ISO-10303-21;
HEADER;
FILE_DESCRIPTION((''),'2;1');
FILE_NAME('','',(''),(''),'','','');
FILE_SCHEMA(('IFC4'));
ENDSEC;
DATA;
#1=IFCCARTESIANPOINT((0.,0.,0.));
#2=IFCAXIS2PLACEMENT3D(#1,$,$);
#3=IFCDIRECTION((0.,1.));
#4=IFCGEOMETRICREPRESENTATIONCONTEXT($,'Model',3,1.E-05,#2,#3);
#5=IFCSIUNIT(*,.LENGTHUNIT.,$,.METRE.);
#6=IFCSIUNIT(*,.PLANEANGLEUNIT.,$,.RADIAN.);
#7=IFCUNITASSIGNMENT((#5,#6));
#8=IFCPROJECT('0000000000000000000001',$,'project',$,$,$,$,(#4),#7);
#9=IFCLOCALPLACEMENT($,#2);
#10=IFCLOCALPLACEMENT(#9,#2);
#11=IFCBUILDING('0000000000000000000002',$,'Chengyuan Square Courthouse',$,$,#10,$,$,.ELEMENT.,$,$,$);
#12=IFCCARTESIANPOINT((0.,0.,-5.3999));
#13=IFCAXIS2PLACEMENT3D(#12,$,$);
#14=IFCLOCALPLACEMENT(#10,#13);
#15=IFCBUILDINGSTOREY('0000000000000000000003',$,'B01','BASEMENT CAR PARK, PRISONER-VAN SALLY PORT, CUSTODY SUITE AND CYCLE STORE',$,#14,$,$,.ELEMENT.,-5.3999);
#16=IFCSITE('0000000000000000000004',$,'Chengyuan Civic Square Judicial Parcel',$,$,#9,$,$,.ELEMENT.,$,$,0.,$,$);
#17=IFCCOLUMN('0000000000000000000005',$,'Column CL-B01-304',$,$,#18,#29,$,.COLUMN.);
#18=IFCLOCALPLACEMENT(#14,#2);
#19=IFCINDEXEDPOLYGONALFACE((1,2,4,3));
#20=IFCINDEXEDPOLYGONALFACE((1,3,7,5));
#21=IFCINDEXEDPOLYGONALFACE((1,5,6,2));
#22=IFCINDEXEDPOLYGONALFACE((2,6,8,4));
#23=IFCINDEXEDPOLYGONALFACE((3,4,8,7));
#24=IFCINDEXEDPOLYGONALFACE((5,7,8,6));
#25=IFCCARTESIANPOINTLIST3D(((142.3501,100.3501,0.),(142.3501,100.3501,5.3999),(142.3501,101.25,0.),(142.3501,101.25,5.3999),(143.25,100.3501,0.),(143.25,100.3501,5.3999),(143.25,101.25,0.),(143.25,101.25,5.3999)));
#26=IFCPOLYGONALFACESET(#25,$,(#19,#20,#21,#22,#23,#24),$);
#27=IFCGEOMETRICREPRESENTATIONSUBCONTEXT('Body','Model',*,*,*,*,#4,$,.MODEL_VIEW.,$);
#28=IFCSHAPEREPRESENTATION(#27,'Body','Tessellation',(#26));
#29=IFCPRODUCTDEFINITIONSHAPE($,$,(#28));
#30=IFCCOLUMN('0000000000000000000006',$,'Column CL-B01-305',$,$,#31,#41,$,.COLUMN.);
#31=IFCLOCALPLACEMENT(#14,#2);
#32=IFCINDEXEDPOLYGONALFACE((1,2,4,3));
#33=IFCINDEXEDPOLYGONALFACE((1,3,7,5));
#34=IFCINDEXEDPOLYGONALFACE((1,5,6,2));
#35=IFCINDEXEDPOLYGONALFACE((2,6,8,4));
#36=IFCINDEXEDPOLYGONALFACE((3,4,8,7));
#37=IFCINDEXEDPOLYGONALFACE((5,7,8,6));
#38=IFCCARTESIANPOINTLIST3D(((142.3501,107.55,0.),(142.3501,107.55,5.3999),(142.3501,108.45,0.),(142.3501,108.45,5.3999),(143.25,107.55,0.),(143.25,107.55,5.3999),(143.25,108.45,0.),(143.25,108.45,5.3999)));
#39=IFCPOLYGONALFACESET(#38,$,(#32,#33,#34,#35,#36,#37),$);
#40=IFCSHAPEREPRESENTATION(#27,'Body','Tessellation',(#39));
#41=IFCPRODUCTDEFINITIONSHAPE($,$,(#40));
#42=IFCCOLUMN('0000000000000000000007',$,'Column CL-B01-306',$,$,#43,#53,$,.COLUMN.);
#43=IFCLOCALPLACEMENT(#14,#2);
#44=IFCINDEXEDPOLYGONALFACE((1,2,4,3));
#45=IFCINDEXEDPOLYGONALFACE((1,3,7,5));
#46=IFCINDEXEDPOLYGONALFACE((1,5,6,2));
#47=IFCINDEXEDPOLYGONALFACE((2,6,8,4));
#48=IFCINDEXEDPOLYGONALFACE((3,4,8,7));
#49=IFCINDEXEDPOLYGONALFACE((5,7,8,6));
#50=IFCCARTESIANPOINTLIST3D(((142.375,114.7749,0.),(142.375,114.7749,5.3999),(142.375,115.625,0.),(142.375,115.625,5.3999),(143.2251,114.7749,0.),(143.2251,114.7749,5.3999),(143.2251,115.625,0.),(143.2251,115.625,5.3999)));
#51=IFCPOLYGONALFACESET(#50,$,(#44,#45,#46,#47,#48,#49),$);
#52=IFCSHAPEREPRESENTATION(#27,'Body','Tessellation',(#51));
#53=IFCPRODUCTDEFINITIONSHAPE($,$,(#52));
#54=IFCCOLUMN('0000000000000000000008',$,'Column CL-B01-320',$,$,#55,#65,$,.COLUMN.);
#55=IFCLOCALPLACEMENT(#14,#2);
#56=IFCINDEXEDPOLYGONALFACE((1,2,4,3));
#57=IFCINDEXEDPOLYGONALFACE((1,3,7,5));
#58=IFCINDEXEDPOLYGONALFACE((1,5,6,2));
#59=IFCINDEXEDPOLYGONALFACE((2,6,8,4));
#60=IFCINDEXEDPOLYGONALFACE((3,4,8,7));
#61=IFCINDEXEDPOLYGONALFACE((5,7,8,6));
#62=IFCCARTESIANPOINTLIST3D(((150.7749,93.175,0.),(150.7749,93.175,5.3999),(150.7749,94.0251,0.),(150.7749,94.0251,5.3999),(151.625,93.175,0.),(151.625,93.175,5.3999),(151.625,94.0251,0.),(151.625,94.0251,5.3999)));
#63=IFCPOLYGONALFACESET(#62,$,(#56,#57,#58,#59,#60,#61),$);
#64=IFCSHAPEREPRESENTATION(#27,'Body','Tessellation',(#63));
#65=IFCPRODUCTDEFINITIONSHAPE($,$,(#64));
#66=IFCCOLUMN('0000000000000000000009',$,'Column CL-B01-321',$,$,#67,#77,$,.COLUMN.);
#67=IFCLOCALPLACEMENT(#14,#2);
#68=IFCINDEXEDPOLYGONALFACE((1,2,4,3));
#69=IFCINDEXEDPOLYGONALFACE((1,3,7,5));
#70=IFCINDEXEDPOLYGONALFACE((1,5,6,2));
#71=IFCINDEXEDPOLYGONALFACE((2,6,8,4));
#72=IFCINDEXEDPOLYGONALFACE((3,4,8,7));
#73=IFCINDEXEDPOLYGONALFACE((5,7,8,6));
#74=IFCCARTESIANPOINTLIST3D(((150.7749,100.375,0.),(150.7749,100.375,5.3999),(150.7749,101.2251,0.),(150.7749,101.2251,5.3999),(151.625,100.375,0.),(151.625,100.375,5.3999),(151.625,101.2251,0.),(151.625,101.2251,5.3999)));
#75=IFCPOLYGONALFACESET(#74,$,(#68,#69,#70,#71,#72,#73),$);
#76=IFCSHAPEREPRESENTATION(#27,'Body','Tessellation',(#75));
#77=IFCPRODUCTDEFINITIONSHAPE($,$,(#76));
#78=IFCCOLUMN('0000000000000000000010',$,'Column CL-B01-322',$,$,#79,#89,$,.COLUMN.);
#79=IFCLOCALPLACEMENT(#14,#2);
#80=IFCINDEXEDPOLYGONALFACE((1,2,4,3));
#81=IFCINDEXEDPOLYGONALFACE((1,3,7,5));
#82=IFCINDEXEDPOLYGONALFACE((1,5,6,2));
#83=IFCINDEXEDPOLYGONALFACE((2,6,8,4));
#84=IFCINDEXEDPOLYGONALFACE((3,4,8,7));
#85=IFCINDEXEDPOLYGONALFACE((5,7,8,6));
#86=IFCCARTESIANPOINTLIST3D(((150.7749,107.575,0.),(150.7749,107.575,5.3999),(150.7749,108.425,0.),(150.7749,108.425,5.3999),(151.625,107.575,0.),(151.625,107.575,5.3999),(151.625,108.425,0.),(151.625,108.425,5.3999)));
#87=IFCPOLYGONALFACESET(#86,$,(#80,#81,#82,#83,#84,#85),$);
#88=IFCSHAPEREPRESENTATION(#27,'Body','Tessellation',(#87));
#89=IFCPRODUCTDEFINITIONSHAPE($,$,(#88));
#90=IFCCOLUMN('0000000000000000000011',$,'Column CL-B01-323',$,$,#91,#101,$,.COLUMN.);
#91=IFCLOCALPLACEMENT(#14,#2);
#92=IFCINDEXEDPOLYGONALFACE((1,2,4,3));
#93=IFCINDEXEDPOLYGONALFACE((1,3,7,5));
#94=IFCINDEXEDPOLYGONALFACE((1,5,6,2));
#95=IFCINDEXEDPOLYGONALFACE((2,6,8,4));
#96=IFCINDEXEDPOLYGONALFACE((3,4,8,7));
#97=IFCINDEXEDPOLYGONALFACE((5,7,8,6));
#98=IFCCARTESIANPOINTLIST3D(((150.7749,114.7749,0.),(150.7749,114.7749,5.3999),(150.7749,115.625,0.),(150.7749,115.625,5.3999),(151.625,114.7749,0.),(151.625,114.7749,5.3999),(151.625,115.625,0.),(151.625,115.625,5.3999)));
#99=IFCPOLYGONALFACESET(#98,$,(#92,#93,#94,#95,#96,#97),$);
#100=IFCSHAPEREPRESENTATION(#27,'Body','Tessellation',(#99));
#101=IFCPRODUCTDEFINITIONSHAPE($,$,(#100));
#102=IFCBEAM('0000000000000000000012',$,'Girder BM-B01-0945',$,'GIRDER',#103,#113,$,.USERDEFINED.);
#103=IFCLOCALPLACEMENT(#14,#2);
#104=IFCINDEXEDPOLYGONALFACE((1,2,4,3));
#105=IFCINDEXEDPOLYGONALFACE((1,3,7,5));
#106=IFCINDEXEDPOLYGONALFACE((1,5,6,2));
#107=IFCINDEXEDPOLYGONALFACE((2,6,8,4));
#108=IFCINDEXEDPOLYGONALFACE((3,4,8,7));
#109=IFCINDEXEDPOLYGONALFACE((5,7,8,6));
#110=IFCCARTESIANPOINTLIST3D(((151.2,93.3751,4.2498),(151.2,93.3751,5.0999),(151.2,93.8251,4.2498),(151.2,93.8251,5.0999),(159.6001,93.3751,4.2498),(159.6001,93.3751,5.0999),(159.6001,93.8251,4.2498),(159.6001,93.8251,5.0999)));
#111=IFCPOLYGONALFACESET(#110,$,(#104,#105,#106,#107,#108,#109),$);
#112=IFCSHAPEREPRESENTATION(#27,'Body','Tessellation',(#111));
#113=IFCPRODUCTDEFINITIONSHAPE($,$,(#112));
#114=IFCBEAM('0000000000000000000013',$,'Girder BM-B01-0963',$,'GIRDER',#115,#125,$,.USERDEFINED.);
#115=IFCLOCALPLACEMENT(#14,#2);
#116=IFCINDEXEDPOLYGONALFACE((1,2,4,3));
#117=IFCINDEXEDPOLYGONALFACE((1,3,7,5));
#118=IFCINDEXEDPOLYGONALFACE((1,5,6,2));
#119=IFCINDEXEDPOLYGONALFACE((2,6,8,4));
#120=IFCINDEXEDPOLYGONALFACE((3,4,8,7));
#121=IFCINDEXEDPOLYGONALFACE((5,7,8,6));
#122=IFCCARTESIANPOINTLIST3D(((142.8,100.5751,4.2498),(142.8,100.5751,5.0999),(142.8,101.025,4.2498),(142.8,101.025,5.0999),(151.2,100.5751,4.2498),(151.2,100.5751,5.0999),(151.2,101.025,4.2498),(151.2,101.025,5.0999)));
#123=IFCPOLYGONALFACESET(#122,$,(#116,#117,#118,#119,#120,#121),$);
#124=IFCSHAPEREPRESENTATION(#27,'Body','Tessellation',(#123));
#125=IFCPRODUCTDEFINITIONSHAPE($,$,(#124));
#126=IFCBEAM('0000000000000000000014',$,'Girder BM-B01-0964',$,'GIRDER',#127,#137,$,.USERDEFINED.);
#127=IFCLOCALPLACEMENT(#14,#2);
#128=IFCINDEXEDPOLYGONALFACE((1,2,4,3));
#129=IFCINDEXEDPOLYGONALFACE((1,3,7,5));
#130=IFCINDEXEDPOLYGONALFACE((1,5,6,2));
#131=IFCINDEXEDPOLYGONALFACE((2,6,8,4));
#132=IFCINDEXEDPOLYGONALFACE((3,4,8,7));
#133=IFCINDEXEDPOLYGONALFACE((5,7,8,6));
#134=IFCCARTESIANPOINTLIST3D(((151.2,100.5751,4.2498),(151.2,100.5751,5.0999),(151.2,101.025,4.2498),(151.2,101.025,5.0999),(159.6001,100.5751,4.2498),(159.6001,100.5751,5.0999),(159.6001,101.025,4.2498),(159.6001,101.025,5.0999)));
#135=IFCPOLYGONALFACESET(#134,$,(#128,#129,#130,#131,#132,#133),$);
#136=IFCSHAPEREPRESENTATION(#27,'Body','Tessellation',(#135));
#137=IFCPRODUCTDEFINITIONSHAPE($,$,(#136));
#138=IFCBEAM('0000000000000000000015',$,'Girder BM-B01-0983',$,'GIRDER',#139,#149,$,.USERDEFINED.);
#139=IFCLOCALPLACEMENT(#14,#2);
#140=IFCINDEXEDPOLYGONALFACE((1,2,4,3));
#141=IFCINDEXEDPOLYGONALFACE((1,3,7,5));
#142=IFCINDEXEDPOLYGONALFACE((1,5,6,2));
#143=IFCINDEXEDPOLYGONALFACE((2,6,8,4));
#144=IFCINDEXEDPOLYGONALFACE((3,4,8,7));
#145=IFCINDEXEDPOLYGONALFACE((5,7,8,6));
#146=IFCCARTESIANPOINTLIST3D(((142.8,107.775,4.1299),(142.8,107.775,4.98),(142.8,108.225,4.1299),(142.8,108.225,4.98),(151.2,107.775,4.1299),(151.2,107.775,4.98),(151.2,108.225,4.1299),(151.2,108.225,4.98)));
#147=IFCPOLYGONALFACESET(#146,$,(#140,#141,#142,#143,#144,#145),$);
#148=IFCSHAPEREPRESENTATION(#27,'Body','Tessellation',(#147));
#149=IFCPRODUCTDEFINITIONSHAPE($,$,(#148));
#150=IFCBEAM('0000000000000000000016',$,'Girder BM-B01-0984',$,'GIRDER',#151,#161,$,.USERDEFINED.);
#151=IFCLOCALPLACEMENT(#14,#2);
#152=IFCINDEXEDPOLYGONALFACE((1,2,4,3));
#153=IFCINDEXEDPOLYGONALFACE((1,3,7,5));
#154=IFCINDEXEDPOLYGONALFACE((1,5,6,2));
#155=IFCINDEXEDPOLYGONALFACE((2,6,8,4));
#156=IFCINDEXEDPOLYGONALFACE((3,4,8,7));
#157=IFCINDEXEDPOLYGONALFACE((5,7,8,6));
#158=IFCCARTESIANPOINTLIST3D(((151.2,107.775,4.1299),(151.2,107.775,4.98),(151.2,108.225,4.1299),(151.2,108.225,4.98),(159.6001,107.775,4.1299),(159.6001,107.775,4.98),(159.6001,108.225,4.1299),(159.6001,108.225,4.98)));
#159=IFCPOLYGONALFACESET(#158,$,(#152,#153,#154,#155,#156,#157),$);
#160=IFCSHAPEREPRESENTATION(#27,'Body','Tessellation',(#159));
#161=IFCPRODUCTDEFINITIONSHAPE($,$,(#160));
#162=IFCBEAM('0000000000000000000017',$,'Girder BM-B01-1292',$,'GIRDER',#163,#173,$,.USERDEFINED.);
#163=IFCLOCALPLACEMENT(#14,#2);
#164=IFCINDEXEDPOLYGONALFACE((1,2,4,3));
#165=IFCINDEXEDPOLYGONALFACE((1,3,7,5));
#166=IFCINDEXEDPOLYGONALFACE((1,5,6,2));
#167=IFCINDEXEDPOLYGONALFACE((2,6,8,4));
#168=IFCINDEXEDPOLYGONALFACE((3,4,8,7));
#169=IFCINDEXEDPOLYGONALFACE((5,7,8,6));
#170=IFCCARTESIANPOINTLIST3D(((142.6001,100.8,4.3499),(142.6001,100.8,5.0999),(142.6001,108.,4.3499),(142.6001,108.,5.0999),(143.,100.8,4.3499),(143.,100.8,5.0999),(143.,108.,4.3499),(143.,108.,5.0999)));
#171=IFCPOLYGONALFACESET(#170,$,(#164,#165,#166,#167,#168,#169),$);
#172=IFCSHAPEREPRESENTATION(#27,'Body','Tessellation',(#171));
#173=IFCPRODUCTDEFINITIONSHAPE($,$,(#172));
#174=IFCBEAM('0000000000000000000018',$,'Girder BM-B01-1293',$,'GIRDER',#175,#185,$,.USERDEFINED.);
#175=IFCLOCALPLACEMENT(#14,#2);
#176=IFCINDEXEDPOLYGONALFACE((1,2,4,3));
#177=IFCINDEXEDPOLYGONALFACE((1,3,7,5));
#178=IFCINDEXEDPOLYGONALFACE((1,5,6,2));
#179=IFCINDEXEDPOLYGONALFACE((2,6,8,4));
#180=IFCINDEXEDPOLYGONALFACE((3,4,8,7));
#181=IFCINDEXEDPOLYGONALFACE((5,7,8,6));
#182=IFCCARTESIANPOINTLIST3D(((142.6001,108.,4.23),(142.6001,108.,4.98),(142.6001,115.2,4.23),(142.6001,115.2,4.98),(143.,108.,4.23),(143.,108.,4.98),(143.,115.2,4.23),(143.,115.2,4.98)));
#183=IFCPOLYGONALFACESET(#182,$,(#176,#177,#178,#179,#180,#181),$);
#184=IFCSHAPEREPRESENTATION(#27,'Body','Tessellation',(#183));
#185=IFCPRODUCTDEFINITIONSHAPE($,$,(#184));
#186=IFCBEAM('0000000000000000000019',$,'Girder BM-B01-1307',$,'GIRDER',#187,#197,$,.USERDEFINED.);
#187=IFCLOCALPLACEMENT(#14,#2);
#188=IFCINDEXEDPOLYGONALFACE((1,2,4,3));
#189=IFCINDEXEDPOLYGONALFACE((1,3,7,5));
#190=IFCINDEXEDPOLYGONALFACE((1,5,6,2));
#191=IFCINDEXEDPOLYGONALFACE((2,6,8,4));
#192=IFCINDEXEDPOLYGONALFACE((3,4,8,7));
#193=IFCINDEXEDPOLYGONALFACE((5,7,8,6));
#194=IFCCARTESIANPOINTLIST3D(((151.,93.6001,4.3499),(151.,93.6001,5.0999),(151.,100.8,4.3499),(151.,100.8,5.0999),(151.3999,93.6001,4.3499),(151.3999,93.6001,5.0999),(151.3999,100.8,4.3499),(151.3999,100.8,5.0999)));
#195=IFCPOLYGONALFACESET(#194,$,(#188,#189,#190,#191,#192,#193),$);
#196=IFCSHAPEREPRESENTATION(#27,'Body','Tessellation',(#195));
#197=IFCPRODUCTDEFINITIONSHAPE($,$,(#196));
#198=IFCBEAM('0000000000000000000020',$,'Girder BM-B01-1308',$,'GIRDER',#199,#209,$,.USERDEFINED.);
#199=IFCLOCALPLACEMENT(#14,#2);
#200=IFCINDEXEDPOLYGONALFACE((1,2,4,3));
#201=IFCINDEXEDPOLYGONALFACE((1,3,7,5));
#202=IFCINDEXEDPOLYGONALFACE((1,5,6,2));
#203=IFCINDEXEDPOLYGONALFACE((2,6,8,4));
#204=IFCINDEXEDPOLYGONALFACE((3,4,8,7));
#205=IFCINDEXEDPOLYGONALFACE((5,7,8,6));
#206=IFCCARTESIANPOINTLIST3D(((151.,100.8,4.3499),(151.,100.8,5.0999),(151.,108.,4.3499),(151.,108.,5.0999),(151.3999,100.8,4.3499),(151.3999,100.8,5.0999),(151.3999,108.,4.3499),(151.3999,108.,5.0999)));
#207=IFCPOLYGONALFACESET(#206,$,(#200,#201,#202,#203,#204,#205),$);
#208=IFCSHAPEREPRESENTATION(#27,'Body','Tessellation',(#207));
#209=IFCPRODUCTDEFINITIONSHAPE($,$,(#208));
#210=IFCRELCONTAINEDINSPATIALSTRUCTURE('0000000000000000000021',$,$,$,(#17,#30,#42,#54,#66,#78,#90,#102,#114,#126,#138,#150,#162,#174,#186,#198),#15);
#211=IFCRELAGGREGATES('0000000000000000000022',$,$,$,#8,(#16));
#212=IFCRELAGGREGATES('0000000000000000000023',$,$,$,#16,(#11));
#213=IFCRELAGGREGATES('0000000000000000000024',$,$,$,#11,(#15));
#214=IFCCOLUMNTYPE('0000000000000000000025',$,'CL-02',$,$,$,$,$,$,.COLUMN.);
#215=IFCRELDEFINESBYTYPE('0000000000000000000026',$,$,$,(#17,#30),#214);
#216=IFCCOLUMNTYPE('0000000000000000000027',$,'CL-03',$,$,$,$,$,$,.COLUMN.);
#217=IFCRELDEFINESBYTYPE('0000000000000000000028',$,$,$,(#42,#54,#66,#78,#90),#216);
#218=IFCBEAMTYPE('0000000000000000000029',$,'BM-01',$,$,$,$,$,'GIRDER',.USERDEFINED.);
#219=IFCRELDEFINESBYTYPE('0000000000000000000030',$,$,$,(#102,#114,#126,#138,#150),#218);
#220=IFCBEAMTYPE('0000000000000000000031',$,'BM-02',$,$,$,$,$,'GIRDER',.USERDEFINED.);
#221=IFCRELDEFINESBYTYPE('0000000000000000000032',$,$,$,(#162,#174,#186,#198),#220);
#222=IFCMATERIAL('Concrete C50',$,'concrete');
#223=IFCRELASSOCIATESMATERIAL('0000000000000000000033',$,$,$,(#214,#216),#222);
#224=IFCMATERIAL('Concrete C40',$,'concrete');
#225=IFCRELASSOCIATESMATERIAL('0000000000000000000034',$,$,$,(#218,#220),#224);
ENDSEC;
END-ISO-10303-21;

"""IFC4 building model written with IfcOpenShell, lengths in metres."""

from ifc_helpers import new_model, si_unit, direction, frame, origin, origin_2d, place, context, subcontext, project, spatial, rectangle, extrude, material, material_profile, profile_set, type_object, element, save


model = new_model("IFC4")

# Units and contexts
model_context = context("Model", 3, precision=1e-05, world=origin(), true_north=direction((0.0, 1.0)))
body_context = subcontext(model_context, "Body", "Model", "MODEL_VIEW")
ifc_project = project(units=[si_unit("LENGTHUNIT", "METRE"), si_unit("PLANEANGLEUNIT", "RADIAN")], contexts=[model_context])

# Site, building, storey
site_placement = place(None, origin())
site = spatial("IfcSite", under=ifc_project, at=site_placement, Name="Chengyuan Civic Square Judicial Parcel", CompositionType="ELEMENT", RefElevation=0.0)
building_placement = place(site_placement, origin())
building = spatial("IfcBuilding", under=site, at=building_placement, Name="Chengyuan Square Courthouse", CompositionType="ELEMENT")
storey_placement = place(building_placement, frame((0.0, 0.0, -5.3999)))
storey = spatial("IfcBuildingStorey", under=building, at=storey_placement, Name="B01", Description="BASEMENT CAR PARK, PRISONER-VAN SALLY PORT, CUSTODY SUITE AND CYCLE STORE", CompositionType="ELEMENT", Elevation=-5.3999)

# Columns
ifc_material_1 = material(Name="Concrete C50", Category="concrete")
ifc_material_profile_1 = material_profile(ifc_material_1, rectangle(XDim=0.8999, YDim=0.8999, at=origin_2d()), Name="RC-COL-900x900")
ifc_profile_set_1 = profile_set([ifc_material_profile_1], Name="Concrete C50")
column_type_1 = type_object("IfcColumnType", Name="CL-02", PredefinedType="COLUMN", material=ifc_profile_set_1)
for number, where, z_axis, x_axis, name in (
    (1, (142.8, 100.8, 0.0), (0.0, 0.0, 1.0), (1.0, 0.0, 0.0), "Column CL-B01-304"),
    (2, (142.8, 108.0, 0.0), (0.0, 0.0, 1.0), (1.0, 0.0, 0.0), "Column CL-B01-305"),
):
    element("IfcColumn", number, at=place(storey_placement, frame(where, z_axis=z_axis, x_axis=x_axis)), inside=storey, type_object=column_type_1, Name=name, PredefinedType="COLUMN", context=body_context, shape_type="SweptSolid", body=[
        extrude(rectangle(XDim=0.8999, YDim=0.8999, at=origin_2d()), origin(), (0.0, 0.0, 1.0), 5.3999),
    ])
ifc_material_profile_2 = material_profile(ifc_material_1, rectangle(XDim=0.8501, YDim=0.8501, at=origin_2d()), Name="RC-COL-850x850")
ifc_profile_set_2 = profile_set([ifc_material_profile_2], Name="Concrete C50")
column_type_2 = type_object("IfcColumnType", Name="CL-03", PredefinedType="COLUMN", material=ifc_profile_set_2)
for number, where, z_axis, x_axis, name in (
    (3, (142.8, 115.2, 0.0), (0.0, 0.0, 1.0), (1.0, 0.0, 0.0), "Column CL-B01-306"),
    (4, (151.2, 93.6001, 0.0), (0.0, 0.0, 1.0), (1.0, 0.0, 0.0), "Column CL-B01-320"),
    (5, (151.2, 100.8, 0.0), (0.0, 0.0, 1.0), (1.0, 0.0, 0.0), "Column CL-B01-321"),
    (6, (151.2, 108.0, 0.0), (0.0, 0.0, 1.0), (1.0, 0.0, 0.0), "Column CL-B01-322"),
    (7, (151.2, 115.2, 0.0), (0.0, 0.0, 1.0), (1.0, 0.0, 0.0), "Column CL-B01-323"),
):
    element("IfcColumn", number, at=place(storey_placement, frame(where, z_axis=z_axis, x_axis=x_axis)), inside=storey, type_object=column_type_2, Name=name, PredefinedType="COLUMN", context=body_context, shape_type="SweptSolid", body=[
        extrude(rectangle(XDim=0.8501, YDim=0.8501, at=origin_2d()), origin(), (0.0, 0.0, 1.0), 5.3999),
    ])

# Beams
ifc_material_2 = material(Name="Concrete C40", Category="concrete")
ifc_material_profile_3 = material_profile(ifc_material_2, rectangle(XDim=0.45, YDim=0.8501, at=origin_2d()), Name="RC-BM-450x850")
ifc_profile_set_3 = profile_set([ifc_material_profile_3], Name="Concrete C40")
beam_type_1 = type_object("IfcBeamType", Name="BM-01", ElementType="GIRDER", PredefinedType="USERDEFINED", material=ifc_profile_set_3)
beam_1_placement = place(storey_placement, frame((151.2, 93.6001, 4.6748), z_axis=(1.0, 0.0, 0.0), x_axis=(0.0, 1.0, 0.0)))
element("IfcBeam", 8, at=beam_1_placement, inside=storey, type_object=beam_type_1, Name="Girder BM-B01-0945", ObjectType="GIRDER", PredefinedType="USERDEFINED", context=body_context, shape_type="SweptSolid", body=[
    extrude(rectangle(XDim=0.45, YDim=0.8501, at=origin_2d()), origin(), (0.0, 0.0, 1.0), 8.4001),
])
beam_2_placement = place(storey_placement, frame((142.8, 100.8, 4.6748), z_axis=(1.0, 0.0, 0.0), x_axis=(0.0, 1.0, 0.0)))
element("IfcBeam", 9, at=beam_2_placement, inside=storey, type_object=beam_type_1, Name="Girder BM-B01-0963", ObjectType="GIRDER", PredefinedType="USERDEFINED", context=body_context, shape_type="SweptSolid", body=[
    extrude(rectangle(XDim=0.45, YDim=0.8501, at=origin_2d()), origin(), (0.0, 0.0, 1.0), 8.3999),
])
beam_3_placement = place(storey_placement, frame((151.2, 100.8, 4.6748), z_axis=(1.0, 0.0, 0.0), x_axis=(0.0, 1.0, 0.0)))
element("IfcBeam", 10, at=beam_3_placement, inside=storey, type_object=beam_type_1, Name="Girder BM-B01-0964", ObjectType="GIRDER", PredefinedType="USERDEFINED", context=body_context, shape_type="SweptSolid", body=[
    extrude(rectangle(XDim=0.45, YDim=0.8501, at=origin_2d()), origin(), (0.0, 0.0, 1.0), 8.4001),
])
beam_4_placement = place(storey_placement, frame((142.8, 108.0, 4.5549), z_axis=(1.0, 0.0, 0.0), x_axis=(0.0, 1.0, 0.0)))
element("IfcBeam", 11, at=beam_4_placement, inside=storey, type_object=beam_type_1, Name="Girder BM-B01-0983", ObjectType="GIRDER", PredefinedType="USERDEFINED", context=body_context, shape_type="SweptSolid", body=[
    extrude(rectangle(XDim=0.45, YDim=0.8501, at=origin_2d()), origin(), (0.0, 0.0, 1.0), 8.3999),
])
beam_5_placement = place(storey_placement, frame((151.2, 108.0, 4.5549), z_axis=(1.0, 0.0, 0.0), x_axis=(0.0, 1.0, 0.0)))
element("IfcBeam", 12, at=beam_5_placement, inside=storey, type_object=beam_type_1, Name="Girder BM-B01-0984", ObjectType="GIRDER", PredefinedType="USERDEFINED", context=body_context, shape_type="SweptSolid", body=[
    extrude(rectangle(XDim=0.45, YDim=0.8501, at=origin_2d()), origin(), (0.0, 0.0, 1.0), 8.4001),
])
ifc_material_profile_4 = material_profile(ifc_material_2, rectangle(XDim=0.3999, YDim=0.75, at=origin_2d()), Name="RC-BM-400x750")
ifc_profile_set_4 = profile_set([ifc_material_profile_4], Name="Concrete C40")
beam_type_2 = type_object("IfcBeamType", Name="BM-02", ElementType="GIRDER", PredefinedType="USERDEFINED", material=ifc_profile_set_4)
for number, where, z_axis, x_axis, name in (
    (13, (142.8, 100.8, 4.7249), (0.0, 1.0, 0.0), (-1.0, 0.0, 0.0), "Girder BM-B01-1292"),
    (14, (142.8, 108.0, 4.605), (0.0, 1.0, 0.0), (-1.0, 0.0, 0.0), "Girder BM-B01-1293"),
    (15, (151.2, 93.6001, 4.7249), (0.0, 1.0, 0.0), (-1.0, 0.0, 0.0), "Girder BM-B01-1307"),
    (16, (151.2, 100.8, 4.7249), (0.0, 1.0, 0.0), (-1.0, 0.0, 0.0), "Girder BM-B01-1308"),
):
    element("IfcBeam", number, at=place(storey_placement, frame(where, z_axis=z_axis, x_axis=x_axis)), inside=storey, type_object=beam_type_2, Name=name, ObjectType="GIRDER", PredefinedType="USERDEFINED", context=body_context, shape_type="SweptSolid", body=[
        extrude(rectangle(XDim=0.3999, YDim=0.75, at=origin_2d()), origin(), (0.0, 0.0, 1.0), 7.2),
    ])

save(model, "model.ifc")
